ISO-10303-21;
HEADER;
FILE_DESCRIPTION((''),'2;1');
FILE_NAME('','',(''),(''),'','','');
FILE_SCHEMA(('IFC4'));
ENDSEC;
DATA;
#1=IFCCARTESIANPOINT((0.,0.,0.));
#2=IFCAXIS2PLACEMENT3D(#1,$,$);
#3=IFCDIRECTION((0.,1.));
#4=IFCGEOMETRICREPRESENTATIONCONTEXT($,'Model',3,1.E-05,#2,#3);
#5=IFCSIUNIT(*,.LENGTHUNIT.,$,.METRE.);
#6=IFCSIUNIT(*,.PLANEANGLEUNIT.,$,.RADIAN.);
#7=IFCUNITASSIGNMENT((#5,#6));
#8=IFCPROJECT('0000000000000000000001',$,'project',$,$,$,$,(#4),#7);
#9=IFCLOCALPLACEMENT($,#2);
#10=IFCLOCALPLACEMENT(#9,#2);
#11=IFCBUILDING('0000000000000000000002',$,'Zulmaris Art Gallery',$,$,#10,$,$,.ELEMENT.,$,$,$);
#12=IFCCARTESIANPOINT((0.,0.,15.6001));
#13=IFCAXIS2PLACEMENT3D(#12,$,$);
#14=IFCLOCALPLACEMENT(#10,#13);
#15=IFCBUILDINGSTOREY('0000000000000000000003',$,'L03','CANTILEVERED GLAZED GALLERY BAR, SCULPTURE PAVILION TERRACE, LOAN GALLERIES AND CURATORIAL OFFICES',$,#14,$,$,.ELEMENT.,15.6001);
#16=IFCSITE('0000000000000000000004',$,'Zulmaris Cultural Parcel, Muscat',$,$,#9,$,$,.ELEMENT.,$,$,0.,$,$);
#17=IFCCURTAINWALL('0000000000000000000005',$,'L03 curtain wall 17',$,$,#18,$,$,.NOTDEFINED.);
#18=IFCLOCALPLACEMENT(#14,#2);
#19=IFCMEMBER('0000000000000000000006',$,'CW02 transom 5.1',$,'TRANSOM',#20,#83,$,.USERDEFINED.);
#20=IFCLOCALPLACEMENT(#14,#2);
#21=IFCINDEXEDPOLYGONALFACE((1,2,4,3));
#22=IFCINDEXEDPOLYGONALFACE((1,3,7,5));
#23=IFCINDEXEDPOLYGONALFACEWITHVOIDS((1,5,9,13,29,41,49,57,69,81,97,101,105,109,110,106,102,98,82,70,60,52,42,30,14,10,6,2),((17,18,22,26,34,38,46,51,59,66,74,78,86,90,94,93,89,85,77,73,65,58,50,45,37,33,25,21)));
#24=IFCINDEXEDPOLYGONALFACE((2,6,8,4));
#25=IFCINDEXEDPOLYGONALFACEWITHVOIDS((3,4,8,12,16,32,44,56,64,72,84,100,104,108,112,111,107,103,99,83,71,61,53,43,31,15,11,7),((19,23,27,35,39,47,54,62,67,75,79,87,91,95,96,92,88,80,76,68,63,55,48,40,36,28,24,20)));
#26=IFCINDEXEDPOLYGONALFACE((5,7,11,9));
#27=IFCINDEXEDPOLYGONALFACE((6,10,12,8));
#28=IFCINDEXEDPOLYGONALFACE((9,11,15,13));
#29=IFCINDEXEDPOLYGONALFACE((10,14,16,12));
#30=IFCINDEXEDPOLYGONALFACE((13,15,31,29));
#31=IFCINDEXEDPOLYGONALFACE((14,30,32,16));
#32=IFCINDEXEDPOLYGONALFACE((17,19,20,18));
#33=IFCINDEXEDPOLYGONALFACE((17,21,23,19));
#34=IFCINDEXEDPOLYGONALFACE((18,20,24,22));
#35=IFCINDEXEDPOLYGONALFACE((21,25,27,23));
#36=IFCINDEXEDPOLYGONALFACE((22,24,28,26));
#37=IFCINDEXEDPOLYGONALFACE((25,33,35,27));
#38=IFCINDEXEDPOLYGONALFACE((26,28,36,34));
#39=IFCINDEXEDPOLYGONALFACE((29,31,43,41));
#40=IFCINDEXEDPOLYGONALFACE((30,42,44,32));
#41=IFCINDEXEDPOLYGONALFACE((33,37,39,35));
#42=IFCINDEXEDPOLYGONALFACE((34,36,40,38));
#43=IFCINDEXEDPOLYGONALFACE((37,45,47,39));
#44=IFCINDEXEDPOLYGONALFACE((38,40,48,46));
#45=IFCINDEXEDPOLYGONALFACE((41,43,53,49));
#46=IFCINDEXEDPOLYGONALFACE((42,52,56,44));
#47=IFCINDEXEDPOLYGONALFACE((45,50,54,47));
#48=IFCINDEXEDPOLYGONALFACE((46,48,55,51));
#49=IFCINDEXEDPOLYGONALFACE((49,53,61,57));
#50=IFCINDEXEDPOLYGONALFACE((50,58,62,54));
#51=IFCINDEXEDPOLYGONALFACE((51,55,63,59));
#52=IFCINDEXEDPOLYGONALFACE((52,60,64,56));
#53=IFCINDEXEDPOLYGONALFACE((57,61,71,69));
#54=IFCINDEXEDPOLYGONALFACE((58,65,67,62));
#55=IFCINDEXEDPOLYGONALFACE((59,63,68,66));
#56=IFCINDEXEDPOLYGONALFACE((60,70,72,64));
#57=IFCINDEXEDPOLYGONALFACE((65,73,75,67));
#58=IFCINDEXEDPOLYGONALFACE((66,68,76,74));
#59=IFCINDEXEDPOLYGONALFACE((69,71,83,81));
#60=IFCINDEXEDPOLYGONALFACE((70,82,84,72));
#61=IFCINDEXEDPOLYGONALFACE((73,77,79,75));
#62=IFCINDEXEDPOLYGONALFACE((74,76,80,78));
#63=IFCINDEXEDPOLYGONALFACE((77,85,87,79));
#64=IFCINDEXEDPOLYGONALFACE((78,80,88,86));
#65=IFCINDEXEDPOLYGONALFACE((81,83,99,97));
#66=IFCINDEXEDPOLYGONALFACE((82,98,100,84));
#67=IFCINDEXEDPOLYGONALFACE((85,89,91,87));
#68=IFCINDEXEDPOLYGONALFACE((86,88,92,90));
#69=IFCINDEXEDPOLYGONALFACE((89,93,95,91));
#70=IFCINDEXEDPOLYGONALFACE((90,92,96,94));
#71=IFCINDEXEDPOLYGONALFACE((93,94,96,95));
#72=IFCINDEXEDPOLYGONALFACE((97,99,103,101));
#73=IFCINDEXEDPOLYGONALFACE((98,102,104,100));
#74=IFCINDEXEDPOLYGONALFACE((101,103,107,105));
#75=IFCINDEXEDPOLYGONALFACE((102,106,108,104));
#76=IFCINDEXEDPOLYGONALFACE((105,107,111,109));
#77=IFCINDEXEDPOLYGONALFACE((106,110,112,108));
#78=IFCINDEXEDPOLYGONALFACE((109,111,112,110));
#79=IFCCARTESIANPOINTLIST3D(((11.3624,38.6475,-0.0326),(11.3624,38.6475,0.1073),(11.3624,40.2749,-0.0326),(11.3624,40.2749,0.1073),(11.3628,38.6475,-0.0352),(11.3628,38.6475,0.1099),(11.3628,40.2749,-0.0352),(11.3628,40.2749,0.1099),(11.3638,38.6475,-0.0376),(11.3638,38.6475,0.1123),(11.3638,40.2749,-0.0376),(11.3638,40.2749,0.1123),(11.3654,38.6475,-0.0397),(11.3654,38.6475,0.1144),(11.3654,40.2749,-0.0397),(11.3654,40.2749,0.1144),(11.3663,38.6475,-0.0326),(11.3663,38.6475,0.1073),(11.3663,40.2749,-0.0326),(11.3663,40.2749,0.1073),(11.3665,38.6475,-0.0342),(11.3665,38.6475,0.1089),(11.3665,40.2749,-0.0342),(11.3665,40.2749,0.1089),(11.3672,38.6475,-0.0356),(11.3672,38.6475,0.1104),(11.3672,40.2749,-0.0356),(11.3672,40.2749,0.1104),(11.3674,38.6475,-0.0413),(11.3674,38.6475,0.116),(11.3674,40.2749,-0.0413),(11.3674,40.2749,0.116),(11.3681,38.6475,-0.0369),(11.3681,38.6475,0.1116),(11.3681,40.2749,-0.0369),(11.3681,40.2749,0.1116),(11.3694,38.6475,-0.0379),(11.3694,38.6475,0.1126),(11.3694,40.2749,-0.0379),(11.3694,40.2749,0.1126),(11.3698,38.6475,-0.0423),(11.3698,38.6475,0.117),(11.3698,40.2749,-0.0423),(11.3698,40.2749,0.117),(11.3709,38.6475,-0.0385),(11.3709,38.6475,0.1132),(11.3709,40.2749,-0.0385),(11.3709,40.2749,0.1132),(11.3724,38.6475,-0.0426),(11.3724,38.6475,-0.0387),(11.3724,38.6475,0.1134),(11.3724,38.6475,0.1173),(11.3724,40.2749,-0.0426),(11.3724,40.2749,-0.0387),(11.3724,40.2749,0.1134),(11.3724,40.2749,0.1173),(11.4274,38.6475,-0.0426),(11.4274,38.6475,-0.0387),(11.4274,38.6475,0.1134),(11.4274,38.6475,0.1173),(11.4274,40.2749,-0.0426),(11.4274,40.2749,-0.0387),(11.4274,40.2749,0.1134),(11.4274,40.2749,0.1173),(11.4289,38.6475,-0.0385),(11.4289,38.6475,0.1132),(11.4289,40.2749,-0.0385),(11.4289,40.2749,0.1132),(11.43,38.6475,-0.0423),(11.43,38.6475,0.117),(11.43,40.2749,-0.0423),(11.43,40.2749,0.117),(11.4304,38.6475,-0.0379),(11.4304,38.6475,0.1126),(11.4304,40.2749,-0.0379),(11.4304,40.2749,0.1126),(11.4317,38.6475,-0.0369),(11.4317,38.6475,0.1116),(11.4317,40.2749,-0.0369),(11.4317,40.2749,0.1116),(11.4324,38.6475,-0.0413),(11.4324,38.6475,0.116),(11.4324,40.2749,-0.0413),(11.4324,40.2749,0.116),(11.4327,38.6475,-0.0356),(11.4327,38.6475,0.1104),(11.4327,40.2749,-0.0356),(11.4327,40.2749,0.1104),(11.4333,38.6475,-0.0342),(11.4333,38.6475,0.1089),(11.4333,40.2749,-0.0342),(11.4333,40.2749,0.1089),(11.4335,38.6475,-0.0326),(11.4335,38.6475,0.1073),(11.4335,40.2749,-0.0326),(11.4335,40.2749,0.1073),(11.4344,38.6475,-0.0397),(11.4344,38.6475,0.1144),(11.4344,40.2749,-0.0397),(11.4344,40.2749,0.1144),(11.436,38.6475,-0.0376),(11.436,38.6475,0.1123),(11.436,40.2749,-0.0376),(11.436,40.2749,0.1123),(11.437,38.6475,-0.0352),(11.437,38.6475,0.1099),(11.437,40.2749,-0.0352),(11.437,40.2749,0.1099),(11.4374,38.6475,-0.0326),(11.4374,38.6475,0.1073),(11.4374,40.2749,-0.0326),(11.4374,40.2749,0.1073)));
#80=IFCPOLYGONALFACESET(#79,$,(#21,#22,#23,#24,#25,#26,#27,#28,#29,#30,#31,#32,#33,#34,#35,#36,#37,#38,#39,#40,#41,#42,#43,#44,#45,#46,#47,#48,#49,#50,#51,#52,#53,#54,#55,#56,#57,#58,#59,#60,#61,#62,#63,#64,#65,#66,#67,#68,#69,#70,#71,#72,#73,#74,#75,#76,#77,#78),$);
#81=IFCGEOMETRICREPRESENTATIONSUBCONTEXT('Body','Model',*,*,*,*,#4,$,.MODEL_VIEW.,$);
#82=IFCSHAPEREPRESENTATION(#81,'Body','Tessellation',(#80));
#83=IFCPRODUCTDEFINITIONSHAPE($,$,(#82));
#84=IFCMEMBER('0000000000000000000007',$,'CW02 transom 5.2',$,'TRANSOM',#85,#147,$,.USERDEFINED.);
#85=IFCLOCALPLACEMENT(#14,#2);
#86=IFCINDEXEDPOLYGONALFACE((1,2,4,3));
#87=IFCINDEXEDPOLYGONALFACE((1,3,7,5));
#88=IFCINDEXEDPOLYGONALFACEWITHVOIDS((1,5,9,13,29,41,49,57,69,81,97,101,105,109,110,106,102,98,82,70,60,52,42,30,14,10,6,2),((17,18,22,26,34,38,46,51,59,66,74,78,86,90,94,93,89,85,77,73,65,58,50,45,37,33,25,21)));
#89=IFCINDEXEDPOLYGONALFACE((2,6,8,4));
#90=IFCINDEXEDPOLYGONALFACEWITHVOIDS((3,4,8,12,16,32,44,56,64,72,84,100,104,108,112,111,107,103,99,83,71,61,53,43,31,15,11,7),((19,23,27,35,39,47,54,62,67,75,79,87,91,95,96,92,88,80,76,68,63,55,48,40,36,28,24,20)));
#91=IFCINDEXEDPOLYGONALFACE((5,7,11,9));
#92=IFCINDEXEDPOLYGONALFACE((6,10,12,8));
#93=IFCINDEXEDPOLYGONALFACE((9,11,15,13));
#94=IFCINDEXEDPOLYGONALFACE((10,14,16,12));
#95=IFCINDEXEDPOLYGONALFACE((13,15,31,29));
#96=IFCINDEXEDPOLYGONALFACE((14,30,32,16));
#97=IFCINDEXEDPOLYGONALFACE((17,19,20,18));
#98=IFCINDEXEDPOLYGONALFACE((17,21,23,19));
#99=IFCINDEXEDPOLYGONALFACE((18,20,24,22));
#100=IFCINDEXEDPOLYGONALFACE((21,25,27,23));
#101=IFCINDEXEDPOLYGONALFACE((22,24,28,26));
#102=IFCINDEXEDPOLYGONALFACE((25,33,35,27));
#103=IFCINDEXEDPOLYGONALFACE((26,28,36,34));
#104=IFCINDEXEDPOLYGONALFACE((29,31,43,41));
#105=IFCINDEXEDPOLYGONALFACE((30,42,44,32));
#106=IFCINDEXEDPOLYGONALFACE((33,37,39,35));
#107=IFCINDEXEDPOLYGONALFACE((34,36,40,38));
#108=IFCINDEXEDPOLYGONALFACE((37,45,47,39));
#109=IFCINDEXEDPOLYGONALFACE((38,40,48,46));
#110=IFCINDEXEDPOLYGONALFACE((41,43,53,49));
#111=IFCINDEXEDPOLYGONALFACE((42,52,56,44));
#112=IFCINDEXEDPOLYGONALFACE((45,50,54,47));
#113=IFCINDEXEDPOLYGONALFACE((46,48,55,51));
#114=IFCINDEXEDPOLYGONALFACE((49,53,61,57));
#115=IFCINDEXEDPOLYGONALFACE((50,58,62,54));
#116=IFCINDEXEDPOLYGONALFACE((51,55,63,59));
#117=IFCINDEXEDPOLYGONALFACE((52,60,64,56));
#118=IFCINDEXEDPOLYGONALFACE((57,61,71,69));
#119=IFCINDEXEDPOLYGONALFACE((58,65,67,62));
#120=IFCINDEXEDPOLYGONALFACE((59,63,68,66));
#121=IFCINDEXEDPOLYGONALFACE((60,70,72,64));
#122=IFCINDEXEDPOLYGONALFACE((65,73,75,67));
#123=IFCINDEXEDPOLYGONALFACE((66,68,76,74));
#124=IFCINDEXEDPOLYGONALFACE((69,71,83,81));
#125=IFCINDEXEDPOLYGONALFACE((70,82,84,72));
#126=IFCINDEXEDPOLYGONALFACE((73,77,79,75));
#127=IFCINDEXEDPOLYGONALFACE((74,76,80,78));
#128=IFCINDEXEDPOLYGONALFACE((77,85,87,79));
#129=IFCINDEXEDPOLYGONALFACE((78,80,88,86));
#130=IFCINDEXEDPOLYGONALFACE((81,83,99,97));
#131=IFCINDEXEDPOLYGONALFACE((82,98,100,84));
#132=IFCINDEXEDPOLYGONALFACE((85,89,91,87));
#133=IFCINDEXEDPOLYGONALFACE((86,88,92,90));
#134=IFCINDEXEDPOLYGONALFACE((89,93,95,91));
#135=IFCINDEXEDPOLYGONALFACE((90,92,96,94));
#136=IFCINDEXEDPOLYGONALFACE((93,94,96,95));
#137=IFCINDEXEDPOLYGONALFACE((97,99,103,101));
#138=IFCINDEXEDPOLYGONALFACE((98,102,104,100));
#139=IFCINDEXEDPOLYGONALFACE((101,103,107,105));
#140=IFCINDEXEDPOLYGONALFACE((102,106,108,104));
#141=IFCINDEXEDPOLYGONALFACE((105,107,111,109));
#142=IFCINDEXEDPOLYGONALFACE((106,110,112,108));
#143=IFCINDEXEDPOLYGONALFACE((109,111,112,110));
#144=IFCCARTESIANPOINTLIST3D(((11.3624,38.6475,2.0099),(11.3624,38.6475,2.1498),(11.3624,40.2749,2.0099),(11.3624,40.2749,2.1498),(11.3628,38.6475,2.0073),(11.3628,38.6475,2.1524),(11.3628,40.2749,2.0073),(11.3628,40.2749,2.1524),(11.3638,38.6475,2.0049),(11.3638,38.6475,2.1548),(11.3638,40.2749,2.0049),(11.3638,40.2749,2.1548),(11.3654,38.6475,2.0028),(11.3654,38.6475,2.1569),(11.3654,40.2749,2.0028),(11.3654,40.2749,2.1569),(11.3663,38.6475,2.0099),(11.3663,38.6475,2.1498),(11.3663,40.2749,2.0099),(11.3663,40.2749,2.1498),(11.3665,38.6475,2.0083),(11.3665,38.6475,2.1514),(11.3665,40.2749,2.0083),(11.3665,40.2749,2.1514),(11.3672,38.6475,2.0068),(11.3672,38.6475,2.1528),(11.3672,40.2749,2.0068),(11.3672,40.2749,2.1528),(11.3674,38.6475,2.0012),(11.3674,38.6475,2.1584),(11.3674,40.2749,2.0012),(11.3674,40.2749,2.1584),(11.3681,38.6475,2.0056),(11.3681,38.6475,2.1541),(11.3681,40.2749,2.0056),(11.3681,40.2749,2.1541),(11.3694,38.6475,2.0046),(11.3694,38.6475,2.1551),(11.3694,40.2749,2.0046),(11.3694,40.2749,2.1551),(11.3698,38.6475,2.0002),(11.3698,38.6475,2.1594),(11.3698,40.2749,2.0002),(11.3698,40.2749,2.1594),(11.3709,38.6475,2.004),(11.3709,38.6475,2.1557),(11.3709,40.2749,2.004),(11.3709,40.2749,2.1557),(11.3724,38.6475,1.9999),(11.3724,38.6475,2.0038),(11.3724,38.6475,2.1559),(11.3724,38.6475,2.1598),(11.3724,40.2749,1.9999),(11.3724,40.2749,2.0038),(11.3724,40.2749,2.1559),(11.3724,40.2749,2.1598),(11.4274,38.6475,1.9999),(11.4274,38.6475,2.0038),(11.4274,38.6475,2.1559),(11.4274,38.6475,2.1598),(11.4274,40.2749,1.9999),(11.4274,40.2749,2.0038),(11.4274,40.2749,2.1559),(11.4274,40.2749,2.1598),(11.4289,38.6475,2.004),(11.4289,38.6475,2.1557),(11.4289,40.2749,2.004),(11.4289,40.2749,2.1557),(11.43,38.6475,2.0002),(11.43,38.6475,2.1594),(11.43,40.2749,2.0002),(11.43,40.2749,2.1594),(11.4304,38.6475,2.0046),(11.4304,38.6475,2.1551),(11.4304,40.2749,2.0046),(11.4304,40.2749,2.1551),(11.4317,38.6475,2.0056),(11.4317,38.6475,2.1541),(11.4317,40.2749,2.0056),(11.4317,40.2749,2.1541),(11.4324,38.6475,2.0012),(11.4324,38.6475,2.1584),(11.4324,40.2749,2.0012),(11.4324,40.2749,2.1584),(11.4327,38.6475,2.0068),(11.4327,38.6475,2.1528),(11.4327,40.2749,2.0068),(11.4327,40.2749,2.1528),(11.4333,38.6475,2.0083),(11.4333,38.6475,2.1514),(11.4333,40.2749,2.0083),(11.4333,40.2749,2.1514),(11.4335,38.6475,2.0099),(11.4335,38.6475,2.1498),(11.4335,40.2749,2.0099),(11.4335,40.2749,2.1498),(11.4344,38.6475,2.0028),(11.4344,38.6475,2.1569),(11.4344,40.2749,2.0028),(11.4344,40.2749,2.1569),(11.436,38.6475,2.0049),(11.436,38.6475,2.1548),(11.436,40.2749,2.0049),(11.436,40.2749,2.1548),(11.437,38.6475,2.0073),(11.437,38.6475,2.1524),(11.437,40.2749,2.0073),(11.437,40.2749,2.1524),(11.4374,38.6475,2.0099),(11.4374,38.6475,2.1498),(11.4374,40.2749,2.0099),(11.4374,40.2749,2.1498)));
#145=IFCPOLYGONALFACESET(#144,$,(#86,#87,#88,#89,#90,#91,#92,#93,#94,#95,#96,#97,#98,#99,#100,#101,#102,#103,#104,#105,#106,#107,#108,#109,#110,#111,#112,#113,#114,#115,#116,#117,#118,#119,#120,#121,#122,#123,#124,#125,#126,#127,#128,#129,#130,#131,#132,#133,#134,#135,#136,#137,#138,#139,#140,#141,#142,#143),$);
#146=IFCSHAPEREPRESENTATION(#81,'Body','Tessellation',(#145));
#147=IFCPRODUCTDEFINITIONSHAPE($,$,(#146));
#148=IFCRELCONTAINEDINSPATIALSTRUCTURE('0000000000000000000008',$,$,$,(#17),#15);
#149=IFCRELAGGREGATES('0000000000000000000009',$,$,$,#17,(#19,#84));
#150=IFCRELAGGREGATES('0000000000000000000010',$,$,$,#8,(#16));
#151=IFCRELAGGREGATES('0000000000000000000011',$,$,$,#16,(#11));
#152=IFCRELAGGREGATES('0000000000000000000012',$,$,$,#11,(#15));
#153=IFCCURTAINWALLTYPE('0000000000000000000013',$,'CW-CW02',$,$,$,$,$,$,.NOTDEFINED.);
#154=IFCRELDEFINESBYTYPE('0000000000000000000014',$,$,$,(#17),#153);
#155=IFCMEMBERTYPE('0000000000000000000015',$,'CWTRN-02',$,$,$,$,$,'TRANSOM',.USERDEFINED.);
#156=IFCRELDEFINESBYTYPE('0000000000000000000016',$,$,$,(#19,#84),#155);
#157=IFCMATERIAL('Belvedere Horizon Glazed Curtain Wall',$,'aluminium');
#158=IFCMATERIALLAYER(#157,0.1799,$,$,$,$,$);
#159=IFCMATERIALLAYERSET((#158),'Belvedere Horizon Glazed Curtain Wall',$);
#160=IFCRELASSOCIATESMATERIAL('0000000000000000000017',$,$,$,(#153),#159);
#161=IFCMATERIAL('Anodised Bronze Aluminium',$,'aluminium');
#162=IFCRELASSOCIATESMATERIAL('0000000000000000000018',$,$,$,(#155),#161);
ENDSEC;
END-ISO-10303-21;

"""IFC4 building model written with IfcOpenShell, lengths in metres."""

from ifc_helpers import new_model, si_unit, direction, frame, origin, origin_2d, place, context, subcontext, project, spatial, hollow_rectangle, extrude, material, layer, layer_set, material_profile, profile_set, type_object, element, aggregate, save


model = new_model("IFC4")

# Units and contexts
model_context = context("Model", 3, precision=1e-05, world=origin(), true_north=direction((0.0, 1.0)))
body_context = subcontext(model_context, "Body", "Model", "MODEL_VIEW")
ifc_project = project(units=[si_unit("LENGTHUNIT", "METRE"), si_unit("PLANEANGLEUNIT", "RADIAN")], contexts=[model_context])

# Site, building, storey
site_placement = place(None, origin())
site = spatial("IfcSite", under=ifc_project, at=site_placement, Name="Zulmaris Cultural Parcel, Muscat", CompositionType="ELEMENT", RefElevation=0.0)
building_placement = place(site_placement, origin())
building = spatial("IfcBuilding", under=site, at=building_placement, Name="Zulmaris Art Gallery", CompositionType="ELEMENT")
storey_placement = place(building_placement, frame((0.0, 0.0, 15.6001)))
storey = spatial("IfcBuildingStorey", under=building, at=storey_placement, Name="L03", Description="CANTILEVERED GLAZED GALLERY BAR, SCULPTURE PAVILION TERRACE, LOAN GALLERIES AND CURATORIAL OFFICES", CompositionType="ELEMENT", Elevation=15.6001)

# Curtain wall, members
ifc_material_1 = material(Name="Belvedere Horizon Glazed Curtain Wall", Category="aluminium")
ifc_layer_1 = layer(ifc_material_1, 0.1799)
ifc_layer_set_1 = layer_set([ifc_layer_1], Name="Belvedere Horizon Glazed Curtain Wall")
curtain_wall_type = type_object("IfcCurtainWallType", Name="CW-CW02", PredefinedType="NOTDEFINED", material=ifc_layer_set_1)
curtain_wall_placement = place(storey_placement, origin())
curtain_wall = element("IfcCurtainWall", 1, at=curtain_wall_placement, inside=storey, type_object=curtain_wall_type, Name="L03 curtain wall 17", PredefinedType="NOTDEFINED")
ifc_material_2 = material(Name="Anodised Bronze Aluminium", Category="aluminium")
ifc_material_profile_1 = material_profile(ifc_material_2, hollow_rectangle(XDim=0.075, YDim=0.1599, WallThickness=0.0039, InnerFilletRadius=0.0061, OuterFilletRadius=0.01, at=origin_2d()), Name="ALU 75x160x4")
ifc_profile_set_1 = profile_set([ifc_material_profile_1], Name="Anodised Bronze Aluminium")
member_type_1 = type_object("IfcMemberType", Name="CWTRN-02", ElementType="TRANSOM", PredefinedType="USERDEFINED", material=ifc_profile_set_1)
member_1_placement = place(storey_placement, frame((11.3999, 38.6475, 0.0374), z_axis=(0.0, 1.0, 0.0), x_axis=(-1.0, 0.0, 0.0)))
member_1 = element("IfcMember", 2, at=member_1_placement, type_object=member_type_1, Name="CW02 transom 5.1", ObjectType="TRANSOM", PredefinedType="USERDEFINED", context=body_context, shape_type="SweptSolid", body=[
    extrude(hollow_rectangle(XDim=0.075, YDim=0.1599, WallThickness=0.0039, InnerFilletRadius=0.0061, OuterFilletRadius=0.01, at=origin_2d()), origin(), (0.0, 0.0, 1.0), 1.6274),
])
member_2_placement = place(storey_placement, frame((11.3999, 38.6475, 2.0798), z_axis=(0.0, 1.0, 0.0), x_axis=(-1.0, 0.0, 0.0)))
member_2 = element("IfcMember", 3, at=member_2_placement, type_object=member_type_1, Name="CW02 transom 5.2", ObjectType="TRANSOM", PredefinedType="USERDEFINED", context=body_context, shape_type="SweptSolid", body=[
    extrude(hollow_rectangle(XDim=0.075, YDim=0.1599, WallThickness=0.0039, InnerFilletRadius=0.0061, OuterFilletRadius=0.01, at=origin_2d()), origin(), (0.0, 0.0, 1.0), 1.6274),
])

aggregate(curtain_wall, [member_1, member_2])

save(model, "model.ifc")
